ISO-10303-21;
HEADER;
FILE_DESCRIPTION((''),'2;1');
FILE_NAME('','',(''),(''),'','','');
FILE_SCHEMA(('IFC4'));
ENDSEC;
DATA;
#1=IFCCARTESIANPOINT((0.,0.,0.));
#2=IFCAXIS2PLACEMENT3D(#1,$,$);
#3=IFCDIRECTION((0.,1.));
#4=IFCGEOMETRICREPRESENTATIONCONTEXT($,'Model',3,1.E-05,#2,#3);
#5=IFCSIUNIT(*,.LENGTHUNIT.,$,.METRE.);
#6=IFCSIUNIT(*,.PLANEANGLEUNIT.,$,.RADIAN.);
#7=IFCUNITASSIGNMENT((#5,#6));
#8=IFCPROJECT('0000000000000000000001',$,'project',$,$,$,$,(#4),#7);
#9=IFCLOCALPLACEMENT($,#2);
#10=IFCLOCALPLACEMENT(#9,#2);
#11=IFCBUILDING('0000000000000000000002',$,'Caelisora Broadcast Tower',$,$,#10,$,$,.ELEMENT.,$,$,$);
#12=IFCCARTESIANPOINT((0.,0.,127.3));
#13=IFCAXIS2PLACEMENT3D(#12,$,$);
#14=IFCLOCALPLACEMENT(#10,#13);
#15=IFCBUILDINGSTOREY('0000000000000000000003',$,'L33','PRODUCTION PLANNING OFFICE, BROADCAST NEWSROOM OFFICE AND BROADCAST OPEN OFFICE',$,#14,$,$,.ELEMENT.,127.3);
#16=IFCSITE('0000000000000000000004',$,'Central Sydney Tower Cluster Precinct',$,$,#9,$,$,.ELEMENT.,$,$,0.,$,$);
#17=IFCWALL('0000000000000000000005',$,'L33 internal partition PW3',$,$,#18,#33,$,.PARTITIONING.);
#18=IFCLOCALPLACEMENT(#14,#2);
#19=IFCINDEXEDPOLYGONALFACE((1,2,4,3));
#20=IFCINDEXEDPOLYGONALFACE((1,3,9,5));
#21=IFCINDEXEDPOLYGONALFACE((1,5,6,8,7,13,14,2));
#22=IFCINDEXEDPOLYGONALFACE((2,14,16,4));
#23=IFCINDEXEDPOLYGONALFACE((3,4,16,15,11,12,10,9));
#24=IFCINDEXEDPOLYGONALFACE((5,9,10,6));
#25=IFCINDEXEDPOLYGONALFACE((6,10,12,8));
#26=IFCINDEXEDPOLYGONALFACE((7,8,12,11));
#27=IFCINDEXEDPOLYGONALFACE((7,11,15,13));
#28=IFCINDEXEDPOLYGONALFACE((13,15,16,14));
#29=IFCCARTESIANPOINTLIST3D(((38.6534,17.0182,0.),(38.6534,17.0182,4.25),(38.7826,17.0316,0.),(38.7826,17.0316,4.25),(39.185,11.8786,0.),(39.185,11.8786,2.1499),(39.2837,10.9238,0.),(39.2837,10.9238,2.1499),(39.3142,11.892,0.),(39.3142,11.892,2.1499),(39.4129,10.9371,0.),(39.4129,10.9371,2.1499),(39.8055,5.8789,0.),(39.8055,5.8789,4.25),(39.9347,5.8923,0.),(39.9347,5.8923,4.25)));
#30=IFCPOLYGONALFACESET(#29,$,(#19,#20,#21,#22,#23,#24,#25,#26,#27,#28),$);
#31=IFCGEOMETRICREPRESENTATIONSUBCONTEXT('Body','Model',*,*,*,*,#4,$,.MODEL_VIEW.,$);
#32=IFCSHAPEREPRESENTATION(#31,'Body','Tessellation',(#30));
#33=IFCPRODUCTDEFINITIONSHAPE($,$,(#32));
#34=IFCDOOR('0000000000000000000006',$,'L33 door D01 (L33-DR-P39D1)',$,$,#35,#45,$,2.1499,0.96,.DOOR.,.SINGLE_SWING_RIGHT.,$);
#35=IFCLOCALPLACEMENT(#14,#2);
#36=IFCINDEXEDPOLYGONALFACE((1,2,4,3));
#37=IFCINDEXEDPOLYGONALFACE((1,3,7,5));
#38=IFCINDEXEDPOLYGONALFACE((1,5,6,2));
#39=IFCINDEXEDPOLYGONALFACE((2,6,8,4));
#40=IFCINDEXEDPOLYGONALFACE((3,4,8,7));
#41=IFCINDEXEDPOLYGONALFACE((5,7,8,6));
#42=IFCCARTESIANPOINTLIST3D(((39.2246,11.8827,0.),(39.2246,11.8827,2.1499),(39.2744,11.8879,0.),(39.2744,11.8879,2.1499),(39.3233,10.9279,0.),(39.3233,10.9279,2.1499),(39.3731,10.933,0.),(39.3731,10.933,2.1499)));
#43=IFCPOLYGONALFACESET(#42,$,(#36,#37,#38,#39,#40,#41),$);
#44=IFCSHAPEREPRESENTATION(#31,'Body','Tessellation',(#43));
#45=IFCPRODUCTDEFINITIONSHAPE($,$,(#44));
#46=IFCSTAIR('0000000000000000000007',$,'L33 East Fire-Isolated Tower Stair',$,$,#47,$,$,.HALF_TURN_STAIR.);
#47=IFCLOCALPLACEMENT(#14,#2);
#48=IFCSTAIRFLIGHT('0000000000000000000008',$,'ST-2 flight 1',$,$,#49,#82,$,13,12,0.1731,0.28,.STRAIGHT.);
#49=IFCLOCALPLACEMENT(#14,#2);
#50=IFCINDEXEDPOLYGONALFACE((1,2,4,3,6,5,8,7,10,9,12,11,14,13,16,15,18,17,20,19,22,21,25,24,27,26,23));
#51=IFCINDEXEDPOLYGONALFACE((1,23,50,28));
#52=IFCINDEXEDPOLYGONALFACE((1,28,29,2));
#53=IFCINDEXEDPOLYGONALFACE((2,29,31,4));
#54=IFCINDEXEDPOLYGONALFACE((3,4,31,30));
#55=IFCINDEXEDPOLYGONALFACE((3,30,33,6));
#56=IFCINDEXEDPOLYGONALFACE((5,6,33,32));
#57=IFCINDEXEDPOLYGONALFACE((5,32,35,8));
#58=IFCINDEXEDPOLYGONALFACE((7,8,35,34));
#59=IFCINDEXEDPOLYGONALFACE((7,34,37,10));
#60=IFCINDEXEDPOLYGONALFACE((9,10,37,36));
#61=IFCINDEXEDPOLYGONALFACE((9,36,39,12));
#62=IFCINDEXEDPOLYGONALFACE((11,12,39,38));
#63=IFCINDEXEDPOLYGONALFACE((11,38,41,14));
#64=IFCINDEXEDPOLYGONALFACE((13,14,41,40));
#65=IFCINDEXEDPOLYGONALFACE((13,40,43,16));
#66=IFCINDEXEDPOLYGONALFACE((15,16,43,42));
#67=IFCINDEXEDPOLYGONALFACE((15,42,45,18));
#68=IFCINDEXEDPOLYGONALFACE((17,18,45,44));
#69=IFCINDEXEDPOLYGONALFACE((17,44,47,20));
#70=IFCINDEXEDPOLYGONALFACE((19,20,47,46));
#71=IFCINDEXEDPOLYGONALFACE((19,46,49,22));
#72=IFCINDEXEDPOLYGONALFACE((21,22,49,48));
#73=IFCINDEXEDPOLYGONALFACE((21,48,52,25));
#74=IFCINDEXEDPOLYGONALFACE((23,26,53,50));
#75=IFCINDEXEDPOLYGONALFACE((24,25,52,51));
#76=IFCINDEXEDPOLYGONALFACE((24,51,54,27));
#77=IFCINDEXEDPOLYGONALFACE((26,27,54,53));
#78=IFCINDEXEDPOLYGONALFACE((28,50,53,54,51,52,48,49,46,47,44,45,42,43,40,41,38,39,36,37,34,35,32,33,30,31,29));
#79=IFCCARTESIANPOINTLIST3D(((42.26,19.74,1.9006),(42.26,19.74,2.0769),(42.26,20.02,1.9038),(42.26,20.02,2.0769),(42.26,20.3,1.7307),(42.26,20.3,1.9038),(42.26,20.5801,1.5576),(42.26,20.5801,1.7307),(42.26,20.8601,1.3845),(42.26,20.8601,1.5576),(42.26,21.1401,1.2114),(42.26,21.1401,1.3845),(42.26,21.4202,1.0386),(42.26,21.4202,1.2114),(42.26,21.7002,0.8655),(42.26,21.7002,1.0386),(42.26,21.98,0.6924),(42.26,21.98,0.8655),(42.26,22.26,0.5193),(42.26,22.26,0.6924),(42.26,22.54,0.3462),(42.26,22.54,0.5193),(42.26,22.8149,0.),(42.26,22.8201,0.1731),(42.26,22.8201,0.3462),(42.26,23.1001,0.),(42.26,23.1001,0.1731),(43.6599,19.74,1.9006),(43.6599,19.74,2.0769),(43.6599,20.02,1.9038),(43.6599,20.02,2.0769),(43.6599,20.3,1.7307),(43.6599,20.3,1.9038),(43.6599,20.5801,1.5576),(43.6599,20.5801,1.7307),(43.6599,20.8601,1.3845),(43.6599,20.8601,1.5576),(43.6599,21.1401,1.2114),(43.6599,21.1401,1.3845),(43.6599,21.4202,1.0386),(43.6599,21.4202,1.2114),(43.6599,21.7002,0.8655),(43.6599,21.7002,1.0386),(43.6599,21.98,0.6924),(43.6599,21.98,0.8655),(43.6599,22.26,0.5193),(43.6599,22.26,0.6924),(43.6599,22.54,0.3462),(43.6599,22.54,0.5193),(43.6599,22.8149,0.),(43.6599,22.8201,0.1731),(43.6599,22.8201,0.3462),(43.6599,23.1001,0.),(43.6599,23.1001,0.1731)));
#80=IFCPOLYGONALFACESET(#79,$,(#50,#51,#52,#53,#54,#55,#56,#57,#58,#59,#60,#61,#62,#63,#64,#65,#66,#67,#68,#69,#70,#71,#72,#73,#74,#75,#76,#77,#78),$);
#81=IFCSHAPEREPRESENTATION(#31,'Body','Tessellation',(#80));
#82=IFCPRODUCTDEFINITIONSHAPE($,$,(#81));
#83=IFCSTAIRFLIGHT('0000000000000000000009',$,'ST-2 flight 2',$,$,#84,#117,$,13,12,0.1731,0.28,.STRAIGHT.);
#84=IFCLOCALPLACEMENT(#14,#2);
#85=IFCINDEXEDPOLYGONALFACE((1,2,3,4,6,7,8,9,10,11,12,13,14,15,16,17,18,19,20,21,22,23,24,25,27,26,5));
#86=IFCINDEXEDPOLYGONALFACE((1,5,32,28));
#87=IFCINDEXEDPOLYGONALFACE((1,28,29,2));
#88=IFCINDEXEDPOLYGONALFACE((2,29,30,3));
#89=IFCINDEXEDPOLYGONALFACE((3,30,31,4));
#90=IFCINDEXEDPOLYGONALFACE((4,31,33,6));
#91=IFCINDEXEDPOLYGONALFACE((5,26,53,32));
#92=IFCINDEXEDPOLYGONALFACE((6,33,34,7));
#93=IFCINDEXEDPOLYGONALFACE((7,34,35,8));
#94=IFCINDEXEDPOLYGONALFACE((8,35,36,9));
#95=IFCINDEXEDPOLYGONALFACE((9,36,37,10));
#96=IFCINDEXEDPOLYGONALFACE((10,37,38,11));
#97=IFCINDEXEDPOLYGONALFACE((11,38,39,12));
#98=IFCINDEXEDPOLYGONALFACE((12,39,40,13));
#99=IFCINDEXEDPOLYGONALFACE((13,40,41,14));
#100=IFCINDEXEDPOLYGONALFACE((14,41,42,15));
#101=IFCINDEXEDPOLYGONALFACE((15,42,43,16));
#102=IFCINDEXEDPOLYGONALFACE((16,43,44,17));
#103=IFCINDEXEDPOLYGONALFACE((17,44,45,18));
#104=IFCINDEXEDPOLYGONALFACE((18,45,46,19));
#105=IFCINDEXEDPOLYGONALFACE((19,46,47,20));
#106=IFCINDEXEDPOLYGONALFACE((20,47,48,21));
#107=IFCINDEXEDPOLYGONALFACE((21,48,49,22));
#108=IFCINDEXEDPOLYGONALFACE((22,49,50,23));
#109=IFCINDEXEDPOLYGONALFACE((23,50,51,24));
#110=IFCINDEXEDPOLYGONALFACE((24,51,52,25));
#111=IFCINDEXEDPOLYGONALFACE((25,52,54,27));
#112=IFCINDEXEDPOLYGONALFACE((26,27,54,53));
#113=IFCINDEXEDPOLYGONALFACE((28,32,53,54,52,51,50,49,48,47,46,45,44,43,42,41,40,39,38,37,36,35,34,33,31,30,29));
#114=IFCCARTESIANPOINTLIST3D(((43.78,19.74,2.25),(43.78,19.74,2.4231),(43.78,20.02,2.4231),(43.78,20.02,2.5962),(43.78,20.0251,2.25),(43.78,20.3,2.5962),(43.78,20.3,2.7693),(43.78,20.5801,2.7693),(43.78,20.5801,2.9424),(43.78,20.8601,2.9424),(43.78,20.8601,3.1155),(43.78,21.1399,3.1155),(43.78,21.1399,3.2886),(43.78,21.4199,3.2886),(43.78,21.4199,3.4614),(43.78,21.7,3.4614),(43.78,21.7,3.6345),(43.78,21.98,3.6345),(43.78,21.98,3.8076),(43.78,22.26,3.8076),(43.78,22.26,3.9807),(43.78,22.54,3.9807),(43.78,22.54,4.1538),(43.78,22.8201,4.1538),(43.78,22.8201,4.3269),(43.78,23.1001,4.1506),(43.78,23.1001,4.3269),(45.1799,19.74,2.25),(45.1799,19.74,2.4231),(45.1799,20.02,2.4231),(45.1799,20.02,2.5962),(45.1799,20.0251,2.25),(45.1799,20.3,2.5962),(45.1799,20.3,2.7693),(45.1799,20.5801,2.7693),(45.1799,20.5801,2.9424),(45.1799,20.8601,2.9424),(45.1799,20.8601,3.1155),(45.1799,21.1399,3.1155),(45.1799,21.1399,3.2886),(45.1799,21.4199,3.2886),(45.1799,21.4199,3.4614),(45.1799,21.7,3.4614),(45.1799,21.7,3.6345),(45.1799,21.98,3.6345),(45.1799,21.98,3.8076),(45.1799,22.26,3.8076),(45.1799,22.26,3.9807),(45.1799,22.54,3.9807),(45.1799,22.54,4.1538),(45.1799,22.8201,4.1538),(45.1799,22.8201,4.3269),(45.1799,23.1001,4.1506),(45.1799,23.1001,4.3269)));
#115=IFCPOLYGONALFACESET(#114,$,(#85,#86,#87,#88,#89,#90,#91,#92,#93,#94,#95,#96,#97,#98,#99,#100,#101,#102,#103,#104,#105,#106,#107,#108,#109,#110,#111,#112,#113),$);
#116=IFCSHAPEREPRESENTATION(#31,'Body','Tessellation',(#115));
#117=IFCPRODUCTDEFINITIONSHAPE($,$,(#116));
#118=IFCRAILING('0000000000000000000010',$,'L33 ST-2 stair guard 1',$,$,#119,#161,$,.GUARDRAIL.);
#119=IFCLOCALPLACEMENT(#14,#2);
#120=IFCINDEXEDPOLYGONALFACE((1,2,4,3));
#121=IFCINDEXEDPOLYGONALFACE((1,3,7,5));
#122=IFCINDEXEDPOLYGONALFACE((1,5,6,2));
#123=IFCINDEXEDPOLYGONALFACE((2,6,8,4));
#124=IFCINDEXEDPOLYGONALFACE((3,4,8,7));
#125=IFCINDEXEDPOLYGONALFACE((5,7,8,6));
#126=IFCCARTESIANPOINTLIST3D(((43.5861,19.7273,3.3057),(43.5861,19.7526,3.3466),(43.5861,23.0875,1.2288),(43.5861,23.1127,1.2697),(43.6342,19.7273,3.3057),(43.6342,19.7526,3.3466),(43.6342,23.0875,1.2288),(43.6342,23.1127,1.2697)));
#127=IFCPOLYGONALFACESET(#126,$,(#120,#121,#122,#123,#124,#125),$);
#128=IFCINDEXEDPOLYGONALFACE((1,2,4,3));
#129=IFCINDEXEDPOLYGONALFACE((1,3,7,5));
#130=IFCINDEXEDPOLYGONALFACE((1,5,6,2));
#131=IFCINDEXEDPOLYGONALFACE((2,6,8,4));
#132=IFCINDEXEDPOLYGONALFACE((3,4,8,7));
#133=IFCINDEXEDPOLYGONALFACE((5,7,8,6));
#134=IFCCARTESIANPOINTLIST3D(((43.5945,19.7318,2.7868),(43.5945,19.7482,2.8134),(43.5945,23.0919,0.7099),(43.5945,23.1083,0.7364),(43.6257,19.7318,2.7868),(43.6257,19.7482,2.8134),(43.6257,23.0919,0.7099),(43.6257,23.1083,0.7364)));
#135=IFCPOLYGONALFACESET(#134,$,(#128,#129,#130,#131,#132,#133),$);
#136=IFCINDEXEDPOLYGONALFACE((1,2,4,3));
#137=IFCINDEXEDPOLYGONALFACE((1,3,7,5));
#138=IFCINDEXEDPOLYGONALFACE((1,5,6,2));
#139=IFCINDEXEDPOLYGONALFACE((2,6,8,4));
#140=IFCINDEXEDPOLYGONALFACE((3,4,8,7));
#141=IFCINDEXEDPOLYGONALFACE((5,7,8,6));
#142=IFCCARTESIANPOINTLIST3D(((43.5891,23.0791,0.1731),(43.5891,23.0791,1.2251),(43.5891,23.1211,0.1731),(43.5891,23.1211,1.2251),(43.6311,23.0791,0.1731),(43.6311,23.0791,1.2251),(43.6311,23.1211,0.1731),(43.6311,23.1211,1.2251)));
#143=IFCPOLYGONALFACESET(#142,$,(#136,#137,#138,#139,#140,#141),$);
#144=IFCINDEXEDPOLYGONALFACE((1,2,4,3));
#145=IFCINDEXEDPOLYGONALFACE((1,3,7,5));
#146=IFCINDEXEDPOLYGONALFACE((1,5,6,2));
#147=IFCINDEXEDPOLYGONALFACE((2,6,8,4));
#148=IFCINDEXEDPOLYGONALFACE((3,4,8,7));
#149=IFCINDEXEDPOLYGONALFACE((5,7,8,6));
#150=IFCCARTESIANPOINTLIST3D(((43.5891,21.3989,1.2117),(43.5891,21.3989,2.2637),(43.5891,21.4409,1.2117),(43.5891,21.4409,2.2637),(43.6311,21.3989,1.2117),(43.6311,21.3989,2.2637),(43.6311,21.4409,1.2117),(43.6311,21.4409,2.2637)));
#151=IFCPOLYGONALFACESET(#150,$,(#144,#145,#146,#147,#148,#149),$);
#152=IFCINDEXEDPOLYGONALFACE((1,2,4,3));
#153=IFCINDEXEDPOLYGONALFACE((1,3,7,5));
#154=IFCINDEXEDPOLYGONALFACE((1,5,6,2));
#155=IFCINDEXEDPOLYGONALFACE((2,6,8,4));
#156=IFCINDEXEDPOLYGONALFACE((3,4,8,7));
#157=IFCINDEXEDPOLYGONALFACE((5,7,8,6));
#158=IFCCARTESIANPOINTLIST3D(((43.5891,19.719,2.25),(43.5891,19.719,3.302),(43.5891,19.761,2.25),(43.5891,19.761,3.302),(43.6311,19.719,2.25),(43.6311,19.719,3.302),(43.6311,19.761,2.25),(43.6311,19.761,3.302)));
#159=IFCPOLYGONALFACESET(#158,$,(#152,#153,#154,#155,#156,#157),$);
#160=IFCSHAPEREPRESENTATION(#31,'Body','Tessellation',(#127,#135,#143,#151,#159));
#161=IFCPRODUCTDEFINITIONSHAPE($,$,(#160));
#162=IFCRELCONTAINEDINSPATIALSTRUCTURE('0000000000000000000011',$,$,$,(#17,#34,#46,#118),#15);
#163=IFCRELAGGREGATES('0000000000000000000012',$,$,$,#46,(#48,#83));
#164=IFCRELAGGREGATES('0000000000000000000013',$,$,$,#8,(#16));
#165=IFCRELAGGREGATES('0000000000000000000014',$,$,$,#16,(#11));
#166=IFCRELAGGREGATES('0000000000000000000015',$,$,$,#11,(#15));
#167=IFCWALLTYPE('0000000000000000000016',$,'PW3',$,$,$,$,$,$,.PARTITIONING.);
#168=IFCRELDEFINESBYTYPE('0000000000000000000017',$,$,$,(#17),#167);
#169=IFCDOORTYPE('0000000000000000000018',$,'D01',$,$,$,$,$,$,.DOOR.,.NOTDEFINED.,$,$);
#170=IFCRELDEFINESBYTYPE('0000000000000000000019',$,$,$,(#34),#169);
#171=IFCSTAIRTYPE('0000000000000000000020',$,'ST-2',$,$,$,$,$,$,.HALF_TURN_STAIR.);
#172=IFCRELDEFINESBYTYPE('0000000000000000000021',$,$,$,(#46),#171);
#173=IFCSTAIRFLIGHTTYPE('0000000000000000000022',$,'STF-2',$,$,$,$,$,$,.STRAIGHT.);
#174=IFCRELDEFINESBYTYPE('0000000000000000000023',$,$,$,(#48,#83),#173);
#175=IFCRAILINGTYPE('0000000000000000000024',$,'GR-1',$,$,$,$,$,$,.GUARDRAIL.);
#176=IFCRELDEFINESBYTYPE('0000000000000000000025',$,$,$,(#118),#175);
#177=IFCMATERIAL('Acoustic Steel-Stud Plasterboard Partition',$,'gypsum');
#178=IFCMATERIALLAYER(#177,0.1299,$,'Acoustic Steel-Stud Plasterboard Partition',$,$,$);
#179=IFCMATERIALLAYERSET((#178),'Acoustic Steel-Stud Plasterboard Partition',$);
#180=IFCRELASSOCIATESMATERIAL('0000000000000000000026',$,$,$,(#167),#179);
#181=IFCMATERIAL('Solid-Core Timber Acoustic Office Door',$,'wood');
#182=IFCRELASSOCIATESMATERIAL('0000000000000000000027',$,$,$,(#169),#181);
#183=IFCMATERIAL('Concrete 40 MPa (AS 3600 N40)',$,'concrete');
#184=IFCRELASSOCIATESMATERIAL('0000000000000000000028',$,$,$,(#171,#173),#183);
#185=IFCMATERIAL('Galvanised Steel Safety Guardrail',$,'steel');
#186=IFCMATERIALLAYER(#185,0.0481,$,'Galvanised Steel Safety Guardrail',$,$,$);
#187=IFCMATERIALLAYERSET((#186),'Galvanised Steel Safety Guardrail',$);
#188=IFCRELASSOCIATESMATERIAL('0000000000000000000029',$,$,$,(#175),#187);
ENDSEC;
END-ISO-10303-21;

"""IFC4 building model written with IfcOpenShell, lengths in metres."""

from ifc_helpers import new_model, si_unit, direction, frame, frame_2d, origin, origin_2d, place, context, subcontext, project, spatial, polyline, rectangle, outline, extrude, material, layer, layer_set, type_object, element, fill, aggregate, save


model = new_model("IFC4")

# Units and contexts
model_context = context("Model", 3, precision=1e-05, world=origin(), true_north=direction((0.0, 1.0)))
body_context = subcontext(model_context, "Body", "Model", "MODEL_VIEW")
ifc_project = project(units=[si_unit("LENGTHUNIT", "METRE"), si_unit("PLANEANGLEUNIT", "RADIAN")], contexts=[model_context])

# Site, building, storey
site_placement = place(None, origin())
site = spatial("IfcSite", under=ifc_project, at=site_placement, Name="Central Sydney Tower Cluster Precinct", CompositionType="ELEMENT", RefElevation=0.0)
building_placement = place(site_placement, origin())
building = spatial("IfcBuilding", under=site, at=building_placement, Name="Caelisora Broadcast Tower", CompositionType="ELEMENT")
storey_placement = place(building_placement, frame((0.0, 0.0, 127.3)))
storey = spatial("IfcBuildingStorey", under=building, at=storey_placement, Name="L33", Description="PRODUCTION PLANNING OFFICE, BROADCAST NEWSROOM OFFICE AND BROADCAST OPEN OFFICE", CompositionType="ELEMENT", Elevation=127.3)

# Wall, opening, door
ifc_material_1 = material(Name="Acoustic Steel-Stud Plasterboard Partition", Category="gypsum")
ifc_layer_1 = layer(ifc_material_1, 0.1299, Name="Acoustic Steel-Stud Plasterboard Partition")
ifc_layer_set_1 = layer_set([ifc_layer_1], Name="Acoustic Steel-Stud Plasterboard Partition")
wall_type_1 = type_object("IfcWallType", Name="PW3", PredefinedType="PARTITIONING", material=ifc_layer_set_1)
ifc_material_2 = material(Name="Solid-Core Timber Acoustic Office Door", Category="wood")
door_type_1 = type_object("IfcDoorType", Name="D01", OperationType="NOTDEFINED", PredefinedType="DOOR", material=ifc_material_2)
wall_1_placement = place(storey_placement, frame((38.718, 17.0249, 0.0), z_axis=(0.0, 0.0, 1.0), x_axis=(0.102877, -0.994694, 0.0)))
wall_1 = element("IfcWall", 1, at=wall_1_placement, inside=storey, type_object=wall_type_1, Name="L33 internal partition PW3", PredefinedType="PARTITIONING", context=body_context, shape_type="SweptSolid", body=[
    extrude(rectangle(XDim=11.1987, YDim=0.1299, at=frame_2d((5.5994, 0.0))), origin(), (0.0, 0.0, 1.0), 4.25),
])
opening_1_placement = place(wall_1_placement, frame((5.167, 0.0, 0.0)))
opening_1 = element("IfcOpeningElement", 2, at=opening_1_placement, cuts=wall_1, PredefinedType="OPENING", context=body_context, shape_type="SweptSolid", body=[
    extrude(rectangle(XDim=0.96, YDim=2.1499, at=frame_2d((0.48, 1.075))), frame((0.0, 0.0769, 0.0), z_axis=(0.0, -1.0, 0.0), x_axis=(1.0, 0.0, 0.0)), (0.0, 0.0, 1.0), 0.1538),
])
door_1_placement = place(opening_1_placement, origin())
door_1 = element("IfcDoor", 3, at=door_1_placement, inside=storey, type_object=door_type_1, Name="L33 door D01 (L33-DR-P39D1)", OperationType="SINGLE_SWING_RIGHT", OverallHeight=2.1499, OverallWidth=0.96, PredefinedType="DOOR", context=body_context, shape_type="SweptSolid", body=[
    extrude(rectangle(XDim=0.96, YDim=2.1499, at=frame_2d((0.48, 1.075))), frame((0.0, 0.0249, 0.0), z_axis=(0.0, -1.0, 0.0), x_axis=(1.0, 0.0, 0.0)), (0.0, 0.0, 1.0), 0.05),
])
fill(opening_1, door_1)

# Stair, stair flights
ifc_material_3 = material(Name="Concrete 40 MPa (AS 3600 N40)", Category="concrete")
stair_type = type_object("IfcStairType", Name="ST-2", PredefinedType="HALF_TURN_STAIR", material=ifc_material_3)
stair_placement = place(storey_placement, origin())
stair = element("IfcStair", 4, at=stair_placement, inside=storey, type_object=stair_type, Name="L33 East Fire-Isolated Tower Stair", PredefinedType="HALF_TURN_STAIR")
stair_flight_type = type_object("IfcStairFlightType", Name="STF-2", PredefinedType="STRAIGHT", material=ifc_material_3)
stair_flight_1_placement = place(storey_placement, frame((42.96, 23.1001, 0.0), z_axis=(0.0, 0.0, 1.0), x_axis=(0.0, -1.0, 0.0)))
stair_flight_1 = element("IfcStairFlight", 5, at=stair_flight_1_placement, type_object=stair_flight_type, Name="ST-2 flight 1", NumberOfRisers=13, NumberOfTreads=12, PredefinedType="STRAIGHT", RiserHeight=0.1731, TreadLength=0.28, context=body_context, shape_type="SweptSolid", body=[
    extrude(outline(polyline([(0.0, 0.0), (0.0, 0.1731), (0.28, 0.1731), (0.28, 0.3462), (0.5601, 0.3462), (0.5601, 0.5193), (0.8401, 0.5193), (0.8401, 0.6924), (1.1201, 0.6924), (1.1201, 0.8655), (1.3999, 0.8655), (1.3999, 1.0386), (1.6799, 1.0386), (1.6799, 1.2114), (1.96, 1.2114), (1.96, 1.3845), (2.24, 1.3845), (2.24, 1.5576), (2.52, 1.5576), (2.52, 1.7307), (2.8, 1.7307), (2.8, 1.9038), (3.0801, 1.9038), (3.0801, 2.0769), (3.3601, 2.0769), (3.3601, 2.25), (3.3601, 1.9006), (0.2852, 0.0), (0.0, 0.0)])), frame((0.0, 0.7, 0.0), z_axis=(0.0, -1.0, 0.0), x_axis=(1.0, 0.0, 0.0)), (0.0, 0.0, 1.0), 1.3999),
])
stair_flight_2_placement = place(storey_placement, frame((44.48, 19.74, 2.25), z_axis=(0.0, 0.0, 1.0), x_axis=(0.0, 1.0, 0.0)))
stair_flight_2 = element("IfcStairFlight", 6, at=stair_flight_2_placement, type_object=stair_flight_type, Name="ST-2 flight 2", NumberOfRisers=13, NumberOfTreads=12, PredefinedType="STRAIGHT", RiserHeight=0.1731, TreadLength=0.28, context=body_context, shape_type="SweptSolid", body=[
    extrude(outline(polyline([(0.0, 0.0), (0.0, 0.1731), (0.28, 0.1731), (0.28, 0.3462), (0.5601, 0.3462), (0.5601, 0.5193), (0.8401, 0.5193), (0.8401, 0.6924), (1.1201, 0.6924), (1.1201, 0.8655), (1.3999, 0.8655), (1.3999, 1.0386), (1.6799, 1.0386), (1.6799, 1.2114), (1.96, 1.2114), (1.96, 1.3845), (2.24, 1.3845), (2.24, 1.5576), (2.52, 1.5576), (2.52, 1.7307), (2.8, 1.7307), (2.8, 1.9038), (3.0801, 1.9038), (3.0801, 2.0769), (3.3601, 2.0769), (3.3601, 2.25), (3.3601, 1.9006), (0.2852, 0.0), (0.0, 0.0)])), frame((0.0, 0.7, 0.0), z_axis=(0.0, -1.0, 0.0), x_axis=(1.0, 0.0, 0.0)), (0.0, 0.0, 1.0), 1.3999),
])
aggregate(stair, [stair_flight_1, stair_flight_2])

# Railing
ifc_material_4 = material(Name="Galvanised Steel Safety Guardrail", Category="steel")
ifc_layer_2 = layer(ifc_material_4, 0.0481, Name="Galvanised Steel Safety Guardrail")
ifc_layer_set_2 = layer_set([ifc_layer_2], Name="Galvanised Steel Safety Guardrail")
railing_type_1 = type_object("IfcRailingType", Name="GR-1", PredefinedType="GUARDRAIL", material=ifc_layer_set_2)
railing_1_placement = place(storey_placement, frame((43.6101, 23.1001, 0.1731)))
element("IfcRailing", 7, at=railing_1_placement, inside=storey, type_object=railing_type_1, Name="L33 ST-2 stair guard 1", PredefinedType="GUARDRAIL", context=body_context, shape_type="SweptSolid", body=[
    extrude(rectangle(XDim=0.0481, YDim=0.0481, at=origin_2d()), frame((0.0, 0.0, 1.0762), z_axis=(0.0, -0.850623, 0.525776), x_axis=(1.0, 0.0, 0.0)), (0.0, 0.0, 1.0), 3.9502),
    extrude(rectangle(XDim=0.0312, YDim=0.0312, at=origin_2d()), frame((0.0, 0.0, 0.55), z_axis=(0.0, -0.850623, 0.525776), x_axis=(1.0, 0.0, 0.0)), (0.0, 0.0, 1.0), 3.9502),
    extrude(rectangle(XDim=0.042, YDim=0.042, at=origin_2d()), origin(), (0.0, 0.0, 1.0), 1.052),
    extrude(rectangle(XDim=0.042, YDim=0.042, at=origin_2d()), frame((0.0, -1.6802, 1.0386)), (0.0, 0.0, 1.0), 1.052),
    extrude(rectangle(XDim=0.042, YDim=0.042, at=origin_2d()), frame((0.0, -3.3601, 2.0769)), (0.0, 0.0, 1.0), 1.052),
])

save(model, "model.ifc")
